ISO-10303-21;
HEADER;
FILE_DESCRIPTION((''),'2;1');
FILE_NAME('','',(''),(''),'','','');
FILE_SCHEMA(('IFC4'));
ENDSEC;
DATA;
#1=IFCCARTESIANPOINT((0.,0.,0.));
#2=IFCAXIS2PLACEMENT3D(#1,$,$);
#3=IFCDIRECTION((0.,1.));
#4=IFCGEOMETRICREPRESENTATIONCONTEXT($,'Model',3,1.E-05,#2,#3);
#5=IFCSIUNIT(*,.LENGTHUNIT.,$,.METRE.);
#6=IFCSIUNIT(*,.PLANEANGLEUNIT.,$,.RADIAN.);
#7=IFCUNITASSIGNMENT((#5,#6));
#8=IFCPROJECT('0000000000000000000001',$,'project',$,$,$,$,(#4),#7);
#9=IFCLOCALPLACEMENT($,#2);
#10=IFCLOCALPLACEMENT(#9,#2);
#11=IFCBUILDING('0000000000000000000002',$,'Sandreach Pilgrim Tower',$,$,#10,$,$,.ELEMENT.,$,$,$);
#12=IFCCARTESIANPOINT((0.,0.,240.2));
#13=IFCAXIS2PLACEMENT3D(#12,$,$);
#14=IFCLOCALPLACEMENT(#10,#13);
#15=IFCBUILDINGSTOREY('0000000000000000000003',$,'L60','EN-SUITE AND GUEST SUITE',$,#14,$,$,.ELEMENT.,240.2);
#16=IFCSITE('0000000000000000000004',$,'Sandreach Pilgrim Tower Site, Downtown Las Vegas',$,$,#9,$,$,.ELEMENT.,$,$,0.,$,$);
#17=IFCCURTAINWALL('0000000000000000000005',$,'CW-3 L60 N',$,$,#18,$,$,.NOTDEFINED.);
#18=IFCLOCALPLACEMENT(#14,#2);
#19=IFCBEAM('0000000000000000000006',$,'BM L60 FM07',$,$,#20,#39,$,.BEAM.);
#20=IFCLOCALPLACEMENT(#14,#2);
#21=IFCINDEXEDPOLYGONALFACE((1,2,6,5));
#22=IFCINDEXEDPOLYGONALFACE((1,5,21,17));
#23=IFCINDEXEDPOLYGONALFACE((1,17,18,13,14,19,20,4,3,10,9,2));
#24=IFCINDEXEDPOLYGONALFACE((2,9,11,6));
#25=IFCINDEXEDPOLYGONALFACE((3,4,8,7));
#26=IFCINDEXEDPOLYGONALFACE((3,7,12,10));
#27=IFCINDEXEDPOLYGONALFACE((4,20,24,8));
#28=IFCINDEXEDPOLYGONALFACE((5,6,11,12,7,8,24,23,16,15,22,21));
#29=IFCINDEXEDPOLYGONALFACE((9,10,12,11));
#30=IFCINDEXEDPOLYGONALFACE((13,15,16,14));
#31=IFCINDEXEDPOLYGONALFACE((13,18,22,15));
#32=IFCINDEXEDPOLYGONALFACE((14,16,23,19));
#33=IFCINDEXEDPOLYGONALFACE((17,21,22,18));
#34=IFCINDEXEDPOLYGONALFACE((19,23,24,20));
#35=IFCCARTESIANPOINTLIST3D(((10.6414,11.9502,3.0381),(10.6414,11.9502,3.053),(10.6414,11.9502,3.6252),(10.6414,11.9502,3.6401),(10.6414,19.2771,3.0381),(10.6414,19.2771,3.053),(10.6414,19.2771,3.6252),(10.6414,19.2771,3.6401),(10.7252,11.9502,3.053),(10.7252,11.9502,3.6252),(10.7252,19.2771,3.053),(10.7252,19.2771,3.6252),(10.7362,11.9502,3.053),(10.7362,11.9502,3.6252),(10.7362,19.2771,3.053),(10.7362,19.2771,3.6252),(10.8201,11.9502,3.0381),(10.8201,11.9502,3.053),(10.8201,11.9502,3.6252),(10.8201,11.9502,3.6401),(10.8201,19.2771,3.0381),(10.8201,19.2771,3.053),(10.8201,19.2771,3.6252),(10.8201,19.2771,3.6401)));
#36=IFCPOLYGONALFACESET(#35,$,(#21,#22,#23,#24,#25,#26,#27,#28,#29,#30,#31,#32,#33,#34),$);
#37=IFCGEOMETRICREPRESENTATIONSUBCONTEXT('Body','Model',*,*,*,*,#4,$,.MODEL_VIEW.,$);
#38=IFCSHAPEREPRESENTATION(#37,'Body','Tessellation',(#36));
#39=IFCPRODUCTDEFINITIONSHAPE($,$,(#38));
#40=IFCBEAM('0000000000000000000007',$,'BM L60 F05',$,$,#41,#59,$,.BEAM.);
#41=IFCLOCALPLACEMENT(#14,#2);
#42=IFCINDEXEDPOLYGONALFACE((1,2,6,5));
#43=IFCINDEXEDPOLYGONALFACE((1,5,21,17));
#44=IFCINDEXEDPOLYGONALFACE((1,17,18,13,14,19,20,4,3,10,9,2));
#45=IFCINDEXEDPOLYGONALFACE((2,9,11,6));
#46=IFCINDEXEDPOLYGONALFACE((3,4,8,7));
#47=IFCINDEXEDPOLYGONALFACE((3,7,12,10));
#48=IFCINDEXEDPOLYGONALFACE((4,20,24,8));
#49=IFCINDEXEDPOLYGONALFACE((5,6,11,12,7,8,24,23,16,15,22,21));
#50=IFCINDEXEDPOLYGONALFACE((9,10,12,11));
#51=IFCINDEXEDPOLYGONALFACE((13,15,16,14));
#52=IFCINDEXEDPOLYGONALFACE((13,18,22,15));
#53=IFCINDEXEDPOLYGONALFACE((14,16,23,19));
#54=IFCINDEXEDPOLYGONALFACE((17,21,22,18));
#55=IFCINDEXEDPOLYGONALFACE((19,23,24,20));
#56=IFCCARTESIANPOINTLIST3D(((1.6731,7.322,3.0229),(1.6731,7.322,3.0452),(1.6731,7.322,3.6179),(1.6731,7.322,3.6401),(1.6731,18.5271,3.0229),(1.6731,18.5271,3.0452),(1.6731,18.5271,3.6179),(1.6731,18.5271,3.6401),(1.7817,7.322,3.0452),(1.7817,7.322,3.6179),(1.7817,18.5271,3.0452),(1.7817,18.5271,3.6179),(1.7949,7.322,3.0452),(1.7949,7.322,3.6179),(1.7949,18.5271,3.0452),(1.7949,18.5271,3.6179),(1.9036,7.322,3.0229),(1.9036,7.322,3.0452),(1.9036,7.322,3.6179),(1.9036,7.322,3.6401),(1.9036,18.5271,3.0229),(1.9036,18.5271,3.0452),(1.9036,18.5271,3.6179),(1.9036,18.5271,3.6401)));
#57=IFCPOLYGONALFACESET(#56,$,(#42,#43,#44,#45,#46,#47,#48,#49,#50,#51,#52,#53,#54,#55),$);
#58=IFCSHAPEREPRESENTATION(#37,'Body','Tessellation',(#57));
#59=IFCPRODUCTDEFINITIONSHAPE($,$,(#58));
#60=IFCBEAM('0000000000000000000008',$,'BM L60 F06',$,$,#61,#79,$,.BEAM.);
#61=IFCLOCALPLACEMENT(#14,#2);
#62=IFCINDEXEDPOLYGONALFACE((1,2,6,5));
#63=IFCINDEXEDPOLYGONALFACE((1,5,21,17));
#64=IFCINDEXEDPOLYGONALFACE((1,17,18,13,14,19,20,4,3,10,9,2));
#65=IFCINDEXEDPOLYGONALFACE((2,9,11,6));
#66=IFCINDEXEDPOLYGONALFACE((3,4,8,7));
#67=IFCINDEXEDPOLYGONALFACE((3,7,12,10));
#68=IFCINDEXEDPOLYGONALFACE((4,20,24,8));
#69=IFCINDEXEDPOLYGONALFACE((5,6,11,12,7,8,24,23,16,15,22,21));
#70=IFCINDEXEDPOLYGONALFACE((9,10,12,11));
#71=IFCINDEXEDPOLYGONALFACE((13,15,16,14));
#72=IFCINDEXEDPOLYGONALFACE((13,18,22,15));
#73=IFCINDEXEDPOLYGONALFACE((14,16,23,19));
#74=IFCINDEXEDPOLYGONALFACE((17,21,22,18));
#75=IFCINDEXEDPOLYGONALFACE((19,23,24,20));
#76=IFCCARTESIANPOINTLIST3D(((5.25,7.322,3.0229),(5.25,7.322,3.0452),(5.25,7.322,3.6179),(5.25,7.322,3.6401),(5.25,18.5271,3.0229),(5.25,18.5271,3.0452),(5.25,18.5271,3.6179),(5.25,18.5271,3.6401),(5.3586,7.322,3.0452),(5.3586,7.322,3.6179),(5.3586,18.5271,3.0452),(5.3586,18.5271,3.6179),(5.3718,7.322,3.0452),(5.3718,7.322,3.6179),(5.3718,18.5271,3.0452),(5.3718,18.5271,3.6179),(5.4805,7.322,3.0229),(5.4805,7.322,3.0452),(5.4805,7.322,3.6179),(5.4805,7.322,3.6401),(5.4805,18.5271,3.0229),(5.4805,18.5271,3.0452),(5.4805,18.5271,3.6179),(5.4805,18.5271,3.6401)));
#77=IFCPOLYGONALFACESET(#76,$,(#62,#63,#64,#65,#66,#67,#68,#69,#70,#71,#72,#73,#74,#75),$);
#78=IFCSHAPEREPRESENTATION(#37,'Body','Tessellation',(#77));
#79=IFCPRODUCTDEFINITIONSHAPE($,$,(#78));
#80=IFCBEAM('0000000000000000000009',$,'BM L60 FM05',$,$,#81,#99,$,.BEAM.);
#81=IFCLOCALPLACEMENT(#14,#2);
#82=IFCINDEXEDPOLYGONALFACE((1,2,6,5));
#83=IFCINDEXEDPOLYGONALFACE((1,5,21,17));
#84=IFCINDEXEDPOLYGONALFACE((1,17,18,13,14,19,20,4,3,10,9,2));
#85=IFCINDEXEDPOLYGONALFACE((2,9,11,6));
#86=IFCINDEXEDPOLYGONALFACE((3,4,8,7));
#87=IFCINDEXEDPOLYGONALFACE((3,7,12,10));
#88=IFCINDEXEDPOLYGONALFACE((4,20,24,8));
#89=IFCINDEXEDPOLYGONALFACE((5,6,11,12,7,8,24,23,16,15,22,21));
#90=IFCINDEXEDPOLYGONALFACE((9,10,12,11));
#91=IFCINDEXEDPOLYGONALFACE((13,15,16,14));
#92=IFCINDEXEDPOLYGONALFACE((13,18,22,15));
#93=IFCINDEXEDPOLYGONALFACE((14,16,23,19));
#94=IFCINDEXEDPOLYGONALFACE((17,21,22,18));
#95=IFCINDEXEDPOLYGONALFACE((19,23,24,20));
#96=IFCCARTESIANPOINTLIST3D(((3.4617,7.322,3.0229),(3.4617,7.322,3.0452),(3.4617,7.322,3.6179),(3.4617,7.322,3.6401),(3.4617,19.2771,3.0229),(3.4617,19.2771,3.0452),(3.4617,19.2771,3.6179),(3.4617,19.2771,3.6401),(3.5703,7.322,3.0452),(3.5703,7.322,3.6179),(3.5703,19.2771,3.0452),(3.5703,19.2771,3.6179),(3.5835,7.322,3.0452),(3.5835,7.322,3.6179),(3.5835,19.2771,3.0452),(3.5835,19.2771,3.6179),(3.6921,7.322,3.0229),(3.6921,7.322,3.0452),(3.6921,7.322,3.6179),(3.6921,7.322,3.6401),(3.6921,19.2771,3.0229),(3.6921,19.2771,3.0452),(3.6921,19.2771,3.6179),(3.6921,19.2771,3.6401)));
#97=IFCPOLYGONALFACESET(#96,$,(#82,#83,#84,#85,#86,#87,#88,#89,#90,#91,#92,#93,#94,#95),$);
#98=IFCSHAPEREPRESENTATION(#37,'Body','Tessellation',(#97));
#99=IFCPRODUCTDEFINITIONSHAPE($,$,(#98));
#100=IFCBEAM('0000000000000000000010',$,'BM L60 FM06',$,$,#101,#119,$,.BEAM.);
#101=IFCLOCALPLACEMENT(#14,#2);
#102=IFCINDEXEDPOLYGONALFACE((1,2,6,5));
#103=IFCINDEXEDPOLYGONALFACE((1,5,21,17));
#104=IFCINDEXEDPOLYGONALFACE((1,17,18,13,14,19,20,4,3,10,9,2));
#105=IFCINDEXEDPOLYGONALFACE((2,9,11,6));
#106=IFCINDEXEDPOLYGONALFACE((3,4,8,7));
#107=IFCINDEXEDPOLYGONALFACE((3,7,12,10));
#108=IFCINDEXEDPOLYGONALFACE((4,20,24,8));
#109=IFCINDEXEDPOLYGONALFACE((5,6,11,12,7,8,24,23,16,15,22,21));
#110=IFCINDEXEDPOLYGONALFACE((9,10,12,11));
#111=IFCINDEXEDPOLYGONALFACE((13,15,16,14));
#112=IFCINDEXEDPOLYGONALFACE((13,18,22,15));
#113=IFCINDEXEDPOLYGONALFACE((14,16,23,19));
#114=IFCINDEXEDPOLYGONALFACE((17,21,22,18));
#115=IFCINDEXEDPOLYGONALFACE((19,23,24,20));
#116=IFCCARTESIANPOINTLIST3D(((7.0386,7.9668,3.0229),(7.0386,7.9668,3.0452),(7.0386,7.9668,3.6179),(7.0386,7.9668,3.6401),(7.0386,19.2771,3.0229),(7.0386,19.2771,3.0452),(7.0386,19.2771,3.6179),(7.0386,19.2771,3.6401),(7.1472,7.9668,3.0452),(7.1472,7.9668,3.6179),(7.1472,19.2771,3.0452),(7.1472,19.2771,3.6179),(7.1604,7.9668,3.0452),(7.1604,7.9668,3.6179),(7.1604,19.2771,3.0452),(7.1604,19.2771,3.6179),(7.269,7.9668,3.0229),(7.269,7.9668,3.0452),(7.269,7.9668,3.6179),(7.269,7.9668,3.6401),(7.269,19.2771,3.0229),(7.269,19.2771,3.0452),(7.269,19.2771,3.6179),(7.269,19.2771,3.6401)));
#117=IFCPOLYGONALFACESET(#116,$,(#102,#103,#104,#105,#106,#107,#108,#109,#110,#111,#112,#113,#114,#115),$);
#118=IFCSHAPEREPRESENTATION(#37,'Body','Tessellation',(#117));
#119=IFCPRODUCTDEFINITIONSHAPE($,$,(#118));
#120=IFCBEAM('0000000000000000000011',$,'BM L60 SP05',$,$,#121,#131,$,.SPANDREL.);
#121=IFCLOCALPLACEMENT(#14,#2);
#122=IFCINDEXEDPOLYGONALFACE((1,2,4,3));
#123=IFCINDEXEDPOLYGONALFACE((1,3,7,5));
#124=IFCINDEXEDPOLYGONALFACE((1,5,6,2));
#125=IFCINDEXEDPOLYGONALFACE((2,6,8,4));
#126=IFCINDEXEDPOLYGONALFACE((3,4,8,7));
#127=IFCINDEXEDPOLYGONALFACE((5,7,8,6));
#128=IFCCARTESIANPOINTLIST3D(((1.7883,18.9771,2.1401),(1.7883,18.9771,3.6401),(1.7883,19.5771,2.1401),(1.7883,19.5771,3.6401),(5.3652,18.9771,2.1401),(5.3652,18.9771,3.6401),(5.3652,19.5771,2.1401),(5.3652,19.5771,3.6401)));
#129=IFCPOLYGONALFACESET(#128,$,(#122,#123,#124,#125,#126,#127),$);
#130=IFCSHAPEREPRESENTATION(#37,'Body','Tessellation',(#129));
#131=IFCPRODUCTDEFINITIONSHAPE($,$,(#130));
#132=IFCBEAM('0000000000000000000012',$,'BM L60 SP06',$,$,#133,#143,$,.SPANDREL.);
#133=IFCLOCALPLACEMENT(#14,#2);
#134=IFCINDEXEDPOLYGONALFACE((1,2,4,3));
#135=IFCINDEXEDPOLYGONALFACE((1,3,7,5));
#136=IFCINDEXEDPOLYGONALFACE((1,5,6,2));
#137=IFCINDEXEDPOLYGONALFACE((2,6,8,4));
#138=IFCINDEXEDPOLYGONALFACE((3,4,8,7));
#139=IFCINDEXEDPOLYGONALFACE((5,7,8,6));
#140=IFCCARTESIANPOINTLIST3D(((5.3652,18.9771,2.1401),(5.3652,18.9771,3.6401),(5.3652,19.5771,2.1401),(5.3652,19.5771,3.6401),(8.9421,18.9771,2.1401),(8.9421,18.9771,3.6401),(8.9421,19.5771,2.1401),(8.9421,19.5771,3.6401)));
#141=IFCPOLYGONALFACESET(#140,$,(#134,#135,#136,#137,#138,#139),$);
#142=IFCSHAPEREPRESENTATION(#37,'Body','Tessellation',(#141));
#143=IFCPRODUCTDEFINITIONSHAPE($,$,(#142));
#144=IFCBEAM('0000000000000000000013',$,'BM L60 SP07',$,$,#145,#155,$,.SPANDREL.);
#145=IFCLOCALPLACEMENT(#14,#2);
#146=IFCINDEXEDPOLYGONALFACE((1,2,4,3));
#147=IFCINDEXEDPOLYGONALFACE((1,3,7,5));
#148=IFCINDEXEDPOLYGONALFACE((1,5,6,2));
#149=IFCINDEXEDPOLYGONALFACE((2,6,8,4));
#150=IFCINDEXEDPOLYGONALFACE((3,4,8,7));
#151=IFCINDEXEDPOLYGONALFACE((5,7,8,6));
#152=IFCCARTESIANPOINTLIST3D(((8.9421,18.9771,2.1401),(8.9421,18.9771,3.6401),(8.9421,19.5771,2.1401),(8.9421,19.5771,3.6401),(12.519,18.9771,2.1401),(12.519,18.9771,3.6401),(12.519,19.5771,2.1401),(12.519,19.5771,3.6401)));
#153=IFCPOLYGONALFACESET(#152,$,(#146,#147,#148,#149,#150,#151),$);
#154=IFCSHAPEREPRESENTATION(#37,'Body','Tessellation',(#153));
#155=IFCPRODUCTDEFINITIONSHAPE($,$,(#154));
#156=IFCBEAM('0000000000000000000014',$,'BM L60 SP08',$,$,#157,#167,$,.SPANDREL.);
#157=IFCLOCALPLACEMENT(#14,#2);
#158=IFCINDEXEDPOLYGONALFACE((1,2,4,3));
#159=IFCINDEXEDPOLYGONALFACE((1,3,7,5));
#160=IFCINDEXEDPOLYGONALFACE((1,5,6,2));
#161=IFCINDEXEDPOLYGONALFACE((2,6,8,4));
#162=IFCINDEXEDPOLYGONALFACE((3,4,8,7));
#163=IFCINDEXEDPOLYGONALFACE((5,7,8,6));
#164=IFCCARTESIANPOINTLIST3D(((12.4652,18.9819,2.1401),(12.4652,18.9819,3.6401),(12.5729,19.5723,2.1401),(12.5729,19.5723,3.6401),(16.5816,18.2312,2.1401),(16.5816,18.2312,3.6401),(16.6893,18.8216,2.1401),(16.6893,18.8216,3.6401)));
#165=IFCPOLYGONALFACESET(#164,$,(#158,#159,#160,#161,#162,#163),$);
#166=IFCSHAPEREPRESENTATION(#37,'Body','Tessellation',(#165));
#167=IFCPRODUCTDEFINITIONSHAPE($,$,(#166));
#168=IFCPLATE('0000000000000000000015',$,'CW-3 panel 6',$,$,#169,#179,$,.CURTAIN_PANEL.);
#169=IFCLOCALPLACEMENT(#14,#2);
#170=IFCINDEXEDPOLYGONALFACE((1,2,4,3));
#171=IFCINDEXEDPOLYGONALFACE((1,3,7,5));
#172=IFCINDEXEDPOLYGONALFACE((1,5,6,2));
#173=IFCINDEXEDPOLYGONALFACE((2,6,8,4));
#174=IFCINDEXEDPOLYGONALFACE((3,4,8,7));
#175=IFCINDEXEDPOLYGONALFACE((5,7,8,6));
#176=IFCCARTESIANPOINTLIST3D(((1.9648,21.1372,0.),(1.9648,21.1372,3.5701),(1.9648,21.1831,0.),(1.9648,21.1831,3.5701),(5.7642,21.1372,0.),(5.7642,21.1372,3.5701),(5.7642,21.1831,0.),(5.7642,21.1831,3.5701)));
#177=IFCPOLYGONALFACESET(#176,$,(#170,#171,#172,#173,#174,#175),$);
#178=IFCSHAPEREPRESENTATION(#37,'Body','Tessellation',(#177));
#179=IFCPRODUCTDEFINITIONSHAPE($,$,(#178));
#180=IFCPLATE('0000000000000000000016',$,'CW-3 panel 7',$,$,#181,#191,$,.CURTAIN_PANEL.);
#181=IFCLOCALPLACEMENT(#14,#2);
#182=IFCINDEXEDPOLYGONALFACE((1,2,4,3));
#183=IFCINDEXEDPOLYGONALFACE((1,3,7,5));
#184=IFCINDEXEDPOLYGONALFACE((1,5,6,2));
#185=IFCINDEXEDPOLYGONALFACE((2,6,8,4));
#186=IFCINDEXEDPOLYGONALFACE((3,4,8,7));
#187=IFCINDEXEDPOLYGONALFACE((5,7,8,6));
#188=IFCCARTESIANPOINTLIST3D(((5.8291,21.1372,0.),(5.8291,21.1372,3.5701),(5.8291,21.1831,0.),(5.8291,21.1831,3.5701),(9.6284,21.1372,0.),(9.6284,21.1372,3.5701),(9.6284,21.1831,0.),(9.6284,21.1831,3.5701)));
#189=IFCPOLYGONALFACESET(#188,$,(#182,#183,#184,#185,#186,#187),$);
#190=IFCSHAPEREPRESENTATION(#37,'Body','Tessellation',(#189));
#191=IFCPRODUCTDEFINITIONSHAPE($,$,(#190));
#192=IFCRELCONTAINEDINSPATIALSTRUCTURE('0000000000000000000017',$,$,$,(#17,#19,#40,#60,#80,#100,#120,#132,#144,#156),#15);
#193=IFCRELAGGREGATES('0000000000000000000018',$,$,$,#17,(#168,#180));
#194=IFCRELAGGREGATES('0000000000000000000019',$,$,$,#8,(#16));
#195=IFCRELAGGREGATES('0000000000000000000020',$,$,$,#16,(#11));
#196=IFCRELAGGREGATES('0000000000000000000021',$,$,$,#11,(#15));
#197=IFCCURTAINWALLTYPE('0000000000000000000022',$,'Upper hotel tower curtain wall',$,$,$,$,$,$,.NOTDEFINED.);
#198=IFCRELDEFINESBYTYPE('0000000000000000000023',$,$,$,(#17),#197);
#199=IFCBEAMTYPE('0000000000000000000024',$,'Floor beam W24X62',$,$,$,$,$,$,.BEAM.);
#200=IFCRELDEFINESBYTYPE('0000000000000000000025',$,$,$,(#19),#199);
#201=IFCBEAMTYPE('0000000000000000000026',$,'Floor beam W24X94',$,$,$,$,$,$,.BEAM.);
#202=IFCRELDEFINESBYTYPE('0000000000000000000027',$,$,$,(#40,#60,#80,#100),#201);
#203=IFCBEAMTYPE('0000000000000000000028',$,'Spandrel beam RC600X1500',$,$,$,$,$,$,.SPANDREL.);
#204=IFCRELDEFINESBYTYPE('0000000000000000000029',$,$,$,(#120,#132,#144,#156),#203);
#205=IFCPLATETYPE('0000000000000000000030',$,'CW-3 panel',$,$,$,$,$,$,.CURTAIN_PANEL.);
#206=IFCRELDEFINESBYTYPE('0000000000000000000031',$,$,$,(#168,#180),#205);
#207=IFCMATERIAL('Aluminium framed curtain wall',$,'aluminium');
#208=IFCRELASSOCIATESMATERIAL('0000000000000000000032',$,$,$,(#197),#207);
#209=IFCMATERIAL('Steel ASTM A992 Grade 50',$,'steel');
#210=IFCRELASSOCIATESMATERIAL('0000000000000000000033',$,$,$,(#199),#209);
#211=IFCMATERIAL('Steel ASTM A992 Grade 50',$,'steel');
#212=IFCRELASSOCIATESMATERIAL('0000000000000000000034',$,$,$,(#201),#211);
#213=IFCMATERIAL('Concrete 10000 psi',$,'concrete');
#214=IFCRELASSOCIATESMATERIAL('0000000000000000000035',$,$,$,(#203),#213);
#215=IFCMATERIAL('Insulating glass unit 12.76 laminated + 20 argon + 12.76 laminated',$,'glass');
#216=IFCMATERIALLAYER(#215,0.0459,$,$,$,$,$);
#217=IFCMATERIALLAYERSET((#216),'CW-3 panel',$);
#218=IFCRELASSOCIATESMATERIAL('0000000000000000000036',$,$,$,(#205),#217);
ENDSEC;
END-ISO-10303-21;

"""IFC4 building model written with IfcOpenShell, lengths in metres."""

from ifc_helpers import new_model, si_unit, direction, frame, origin, origin_2d, place, context, subcontext, project, spatial, rectangle, i_section, extrude, material, layer, layer_set, material_profile, profile_set, type_object, element, aggregate, save


model = new_model("IFC4")

# Units and contexts
model_context = context("Model", 3, precision=1e-05, world=origin(), true_north=direction((0.0, 1.0)))
body_context = subcontext(model_context, "Body", "Model", "MODEL_VIEW")
ifc_project = project(units=[si_unit("LENGTHUNIT", "METRE"), si_unit("PLANEANGLEUNIT", "RADIAN")], contexts=[model_context])

# Site, building, storey
site_placement = place(None, origin())
site = spatial("IfcSite", under=ifc_project, at=site_placement, Name="Sandreach Pilgrim Tower Site, Downtown Las Vegas", CompositionType="ELEMENT", RefElevation=0.0)
building_placement = place(site_placement, origin())
building = spatial("IfcBuilding", under=site, at=building_placement, Name="Sandreach Pilgrim Tower", CompositionType="ELEMENT")
storey_placement = place(building_placement, frame((0.0, 0.0, 240.2)))
storey = spatial("IfcBuildingStorey", under=building, at=storey_placement, Name="L60", Description="EN-SUITE AND GUEST SUITE", CompositionType="ELEMENT", Elevation=240.2)

# Curtain wall
ifc_material_1 = material(Name="Aluminium framed curtain wall", Category="aluminium")
curtain_wall_type = type_object("IfcCurtainWallType", Name="Upper hotel tower curtain wall", PredefinedType="NOTDEFINED", material=ifc_material_1)
curtain_wall_placement = place(storey_placement, origin())
curtain_wall = element("IfcCurtainWall", 1, at=curtain_wall_placement, inside=storey, type_object=curtain_wall_type, Name="CW-3 L60 N", PredefinedType="NOTDEFINED")

# Beams
ifc_material_2 = material(Name="Steel ASTM A992 Grade 50", Category="steel")
ifc_material_profile_1 = material_profile(ifc_material_2, i_section(OverallWidth=0.1787, OverallDepth=0.6021, WebThickness=0.011, FlangeThickness=0.0149, at=origin_2d()), Name="W24X62")
ifc_profile_set_1 = profile_set([ifc_material_profile_1], Name="Steel ASTM A992 Grade 50")
beam_type_1 = type_object("IfcBeamType", Name="Floor beam W24X62", PredefinedType="BEAM", material=ifc_profile_set_1)
beam_1_placement = place(storey_placement, frame((10.7307, 19.2771, 3.3391), z_axis=(0.0, -1.0, 0.0), x_axis=(1.0, 0.0, 0.0)))
element("IfcBeam", 2, at=beam_1_placement, inside=storey, type_object=beam_type_1, Name="BM L60 FM07", PredefinedType="BEAM", context=body_context, shape_type="SweptSolid", body=[
    extrude(i_section(OverallWidth=0.1787, OverallDepth=0.6021, WebThickness=0.011, FlangeThickness=0.0149, at=origin_2d()), origin(), (0.0, 0.0, 1.0), 7.3269),
])
ifc_material_3 = material(Name="Steel ASTM A992 Grade 50", Category="steel")
ifc_material_profile_2 = material_profile(ifc_material_3, i_section(OverallWidth=0.2305, OverallDepth=0.6172, WebThickness=0.0132, FlangeThickness=0.0222, at=origin_2d()), Name="W24X94")
ifc_profile_set_2 = profile_set([ifc_material_profile_2], Name="Steel ASTM A992 Grade 50")
beam_type_2 = type_object("IfcBeamType", Name="Floor beam W24X94", PredefinedType="BEAM", material=ifc_profile_set_2)
for number, where, z_axis, x_axis, name in (
    (3, (1.7883, 18.5271, 3.3315), (0.0, -1.0, 0.0), (1.0, 0.0, 0.0), "BM L60 F05"),
    (4, (5.3652, 18.5271, 3.3315), (0.0, -1.0, 0.0), (1.0, 0.0, 0.0), "BM L60 F06"),
):
    element("IfcBeam", number, at=place(storey_placement, frame(where, z_axis=z_axis, x_axis=x_axis)), inside=storey, type_object=beam_type_2, Name=name, PredefinedType="BEAM", context=body_context, shape_type="SweptSolid", body=[
        extrude(i_section(OverallWidth=0.2305, OverallDepth=0.6172, WebThickness=0.0132, FlangeThickness=0.0222, at=origin_2d()), origin(), (0.0, 0.0, 1.0), 11.2051),
    ])
beam_2_placement = place(storey_placement, frame((3.5769, 19.2771, 3.3315), z_axis=(0.0, -1.0, 0.0), x_axis=(1.0, 0.0, 0.0)))
element("IfcBeam", 5, at=beam_2_placement, inside=storey, type_object=beam_type_2, Name="BM L60 FM05", PredefinedType="BEAM", context=body_context, shape_type="SweptSolid", body=[
    extrude(i_section(OverallWidth=0.2305, OverallDepth=0.6172, WebThickness=0.0132, FlangeThickness=0.0222, at=origin_2d()), origin(), (0.0, 0.0, 1.0), 11.9551),
])
beam_3_placement = place(storey_placement, frame((7.1538, 19.2771, 3.3315), z_axis=(0.0, -1.0, 0.0), x_axis=(1.0, 0.0, 0.0)))
element("IfcBeam", 6, at=beam_3_placement, inside=storey, type_object=beam_type_2, Name="BM L60 FM06", PredefinedType="BEAM", context=body_context, shape_type="SweptSolid", body=[
    extrude(i_section(OverallWidth=0.2305, OverallDepth=0.6172, WebThickness=0.0132, FlangeThickness=0.0222, at=origin_2d()), origin(), (0.0, 0.0, 1.0), 11.3103),
])
ifc_material_4 = material(Name="Concrete 10000 psi", Category="concrete")
ifc_material_profile_3 = material_profile(ifc_material_4, rectangle(XDim=0.6001, YDim=1.5, at=origin_2d()), Name="RC600X1500")
ifc_profile_set_3 = profile_set([ifc_material_profile_3], Name="Concrete 10000 psi")
beam_type_3 = type_object("IfcBeamType", Name="Spandrel beam RC600X1500", PredefinedType="SPANDREL", material=ifc_profile_set_3)
for number, where, z_axis, x_axis, name in (
    (7, (1.7883, 19.2771, 2.8901), (1.0, 0.0, 0.0), (0.0, 1.0, 0.0), "BM L60 SP05"),
    (8, (5.3652, 19.2771, 2.8901), (1.0, 0.0, 0.0), (0.0, 1.0, 0.0), "BM L60 SP06"),
    (9, (8.9421, 19.2771, 2.8901), (1.0, 0.0, 0.0), (0.0, 1.0, 0.0), "BM L60 SP07"),
):
    element("IfcBeam", number, at=place(storey_placement, frame(where, z_axis=z_axis, x_axis=x_axis)), inside=storey, type_object=beam_type_3, Name=name, PredefinedType="SPANDREL", context=body_context, shape_type="SweptSolid", body=[
        extrude(rectangle(XDim=0.6001, YDim=1.5, at=origin_2d()), origin(), (0.0, 0.0, 1.0), 3.5769),
    ])
beam_4_placement = place(storey_placement, frame((12.519, 19.2771, 2.8901), z_axis=(0.983774, -0.179414, 0.0), x_axis=(0.179414, 0.983774, 0.0)))
element("IfcBeam", 10, at=beam_4_placement, inside=storey, type_object=beam_type_3, Name="BM L60 SP08", PredefinedType="SPANDREL", context=body_context, shape_type="SweptSolid", body=[
    extrude(rectangle(XDim=0.6001, YDim=1.5, at=origin_2d()), origin(), (0.0, 0.0, 1.0), 4.1843),
])

# Plates
ifc_material_5 = material(Name="Insulating glass unit 12.76 laminated + 20 argon + 12.76 laminated", Category="glass")
ifc_layer_1 = layer(ifc_material_5, 0.0459)
ifc_layer_set_1 = layer_set([ifc_layer_1], Name="CW-3 panel")
plate_type = type_object("IfcPlateType", Name="CW-3 panel", PredefinedType="CURTAIN_PANEL", material=ifc_layer_set_1)
plate_1_placement = place(storey_placement, frame((3.8645, 21.1602, 0.0), z_axis=(0.0, 0.0, 1.0), x_axis=(1.0, 0.0, 0.0)))
plate_1 = element("IfcPlate", 11, at=plate_1_placement, type_object=plate_type, Name="CW-3 panel 6", PredefinedType="CURTAIN_PANEL", context=body_context, shape_type="SweptSolid", body=[
    extrude(rectangle(XDim=3.7993, YDim=0.0459, at=origin_2d()), origin(), (0.0, 0.0, 1.0), 3.5701),
])
plate_2_placement = place(storey_placement, frame((7.7288, 21.1602, 0.0), z_axis=(0.0, 0.0, 1.0), x_axis=(1.0, 0.0, 0.0)))
plate_2 = element("IfcPlate", 12, at=plate_2_placement, type_object=plate_type, Name="CW-3 panel 7", PredefinedType="CURTAIN_PANEL", context=body_context, shape_type="SweptSolid", body=[
    extrude(rectangle(XDim=3.7993, YDim=0.0459, at=origin_2d()), origin(), (0.0, 0.0, 1.0), 3.5701),
])
aggregate(curtain_wall, [plate_1, plate_2])

save(model, "model.ifc")
